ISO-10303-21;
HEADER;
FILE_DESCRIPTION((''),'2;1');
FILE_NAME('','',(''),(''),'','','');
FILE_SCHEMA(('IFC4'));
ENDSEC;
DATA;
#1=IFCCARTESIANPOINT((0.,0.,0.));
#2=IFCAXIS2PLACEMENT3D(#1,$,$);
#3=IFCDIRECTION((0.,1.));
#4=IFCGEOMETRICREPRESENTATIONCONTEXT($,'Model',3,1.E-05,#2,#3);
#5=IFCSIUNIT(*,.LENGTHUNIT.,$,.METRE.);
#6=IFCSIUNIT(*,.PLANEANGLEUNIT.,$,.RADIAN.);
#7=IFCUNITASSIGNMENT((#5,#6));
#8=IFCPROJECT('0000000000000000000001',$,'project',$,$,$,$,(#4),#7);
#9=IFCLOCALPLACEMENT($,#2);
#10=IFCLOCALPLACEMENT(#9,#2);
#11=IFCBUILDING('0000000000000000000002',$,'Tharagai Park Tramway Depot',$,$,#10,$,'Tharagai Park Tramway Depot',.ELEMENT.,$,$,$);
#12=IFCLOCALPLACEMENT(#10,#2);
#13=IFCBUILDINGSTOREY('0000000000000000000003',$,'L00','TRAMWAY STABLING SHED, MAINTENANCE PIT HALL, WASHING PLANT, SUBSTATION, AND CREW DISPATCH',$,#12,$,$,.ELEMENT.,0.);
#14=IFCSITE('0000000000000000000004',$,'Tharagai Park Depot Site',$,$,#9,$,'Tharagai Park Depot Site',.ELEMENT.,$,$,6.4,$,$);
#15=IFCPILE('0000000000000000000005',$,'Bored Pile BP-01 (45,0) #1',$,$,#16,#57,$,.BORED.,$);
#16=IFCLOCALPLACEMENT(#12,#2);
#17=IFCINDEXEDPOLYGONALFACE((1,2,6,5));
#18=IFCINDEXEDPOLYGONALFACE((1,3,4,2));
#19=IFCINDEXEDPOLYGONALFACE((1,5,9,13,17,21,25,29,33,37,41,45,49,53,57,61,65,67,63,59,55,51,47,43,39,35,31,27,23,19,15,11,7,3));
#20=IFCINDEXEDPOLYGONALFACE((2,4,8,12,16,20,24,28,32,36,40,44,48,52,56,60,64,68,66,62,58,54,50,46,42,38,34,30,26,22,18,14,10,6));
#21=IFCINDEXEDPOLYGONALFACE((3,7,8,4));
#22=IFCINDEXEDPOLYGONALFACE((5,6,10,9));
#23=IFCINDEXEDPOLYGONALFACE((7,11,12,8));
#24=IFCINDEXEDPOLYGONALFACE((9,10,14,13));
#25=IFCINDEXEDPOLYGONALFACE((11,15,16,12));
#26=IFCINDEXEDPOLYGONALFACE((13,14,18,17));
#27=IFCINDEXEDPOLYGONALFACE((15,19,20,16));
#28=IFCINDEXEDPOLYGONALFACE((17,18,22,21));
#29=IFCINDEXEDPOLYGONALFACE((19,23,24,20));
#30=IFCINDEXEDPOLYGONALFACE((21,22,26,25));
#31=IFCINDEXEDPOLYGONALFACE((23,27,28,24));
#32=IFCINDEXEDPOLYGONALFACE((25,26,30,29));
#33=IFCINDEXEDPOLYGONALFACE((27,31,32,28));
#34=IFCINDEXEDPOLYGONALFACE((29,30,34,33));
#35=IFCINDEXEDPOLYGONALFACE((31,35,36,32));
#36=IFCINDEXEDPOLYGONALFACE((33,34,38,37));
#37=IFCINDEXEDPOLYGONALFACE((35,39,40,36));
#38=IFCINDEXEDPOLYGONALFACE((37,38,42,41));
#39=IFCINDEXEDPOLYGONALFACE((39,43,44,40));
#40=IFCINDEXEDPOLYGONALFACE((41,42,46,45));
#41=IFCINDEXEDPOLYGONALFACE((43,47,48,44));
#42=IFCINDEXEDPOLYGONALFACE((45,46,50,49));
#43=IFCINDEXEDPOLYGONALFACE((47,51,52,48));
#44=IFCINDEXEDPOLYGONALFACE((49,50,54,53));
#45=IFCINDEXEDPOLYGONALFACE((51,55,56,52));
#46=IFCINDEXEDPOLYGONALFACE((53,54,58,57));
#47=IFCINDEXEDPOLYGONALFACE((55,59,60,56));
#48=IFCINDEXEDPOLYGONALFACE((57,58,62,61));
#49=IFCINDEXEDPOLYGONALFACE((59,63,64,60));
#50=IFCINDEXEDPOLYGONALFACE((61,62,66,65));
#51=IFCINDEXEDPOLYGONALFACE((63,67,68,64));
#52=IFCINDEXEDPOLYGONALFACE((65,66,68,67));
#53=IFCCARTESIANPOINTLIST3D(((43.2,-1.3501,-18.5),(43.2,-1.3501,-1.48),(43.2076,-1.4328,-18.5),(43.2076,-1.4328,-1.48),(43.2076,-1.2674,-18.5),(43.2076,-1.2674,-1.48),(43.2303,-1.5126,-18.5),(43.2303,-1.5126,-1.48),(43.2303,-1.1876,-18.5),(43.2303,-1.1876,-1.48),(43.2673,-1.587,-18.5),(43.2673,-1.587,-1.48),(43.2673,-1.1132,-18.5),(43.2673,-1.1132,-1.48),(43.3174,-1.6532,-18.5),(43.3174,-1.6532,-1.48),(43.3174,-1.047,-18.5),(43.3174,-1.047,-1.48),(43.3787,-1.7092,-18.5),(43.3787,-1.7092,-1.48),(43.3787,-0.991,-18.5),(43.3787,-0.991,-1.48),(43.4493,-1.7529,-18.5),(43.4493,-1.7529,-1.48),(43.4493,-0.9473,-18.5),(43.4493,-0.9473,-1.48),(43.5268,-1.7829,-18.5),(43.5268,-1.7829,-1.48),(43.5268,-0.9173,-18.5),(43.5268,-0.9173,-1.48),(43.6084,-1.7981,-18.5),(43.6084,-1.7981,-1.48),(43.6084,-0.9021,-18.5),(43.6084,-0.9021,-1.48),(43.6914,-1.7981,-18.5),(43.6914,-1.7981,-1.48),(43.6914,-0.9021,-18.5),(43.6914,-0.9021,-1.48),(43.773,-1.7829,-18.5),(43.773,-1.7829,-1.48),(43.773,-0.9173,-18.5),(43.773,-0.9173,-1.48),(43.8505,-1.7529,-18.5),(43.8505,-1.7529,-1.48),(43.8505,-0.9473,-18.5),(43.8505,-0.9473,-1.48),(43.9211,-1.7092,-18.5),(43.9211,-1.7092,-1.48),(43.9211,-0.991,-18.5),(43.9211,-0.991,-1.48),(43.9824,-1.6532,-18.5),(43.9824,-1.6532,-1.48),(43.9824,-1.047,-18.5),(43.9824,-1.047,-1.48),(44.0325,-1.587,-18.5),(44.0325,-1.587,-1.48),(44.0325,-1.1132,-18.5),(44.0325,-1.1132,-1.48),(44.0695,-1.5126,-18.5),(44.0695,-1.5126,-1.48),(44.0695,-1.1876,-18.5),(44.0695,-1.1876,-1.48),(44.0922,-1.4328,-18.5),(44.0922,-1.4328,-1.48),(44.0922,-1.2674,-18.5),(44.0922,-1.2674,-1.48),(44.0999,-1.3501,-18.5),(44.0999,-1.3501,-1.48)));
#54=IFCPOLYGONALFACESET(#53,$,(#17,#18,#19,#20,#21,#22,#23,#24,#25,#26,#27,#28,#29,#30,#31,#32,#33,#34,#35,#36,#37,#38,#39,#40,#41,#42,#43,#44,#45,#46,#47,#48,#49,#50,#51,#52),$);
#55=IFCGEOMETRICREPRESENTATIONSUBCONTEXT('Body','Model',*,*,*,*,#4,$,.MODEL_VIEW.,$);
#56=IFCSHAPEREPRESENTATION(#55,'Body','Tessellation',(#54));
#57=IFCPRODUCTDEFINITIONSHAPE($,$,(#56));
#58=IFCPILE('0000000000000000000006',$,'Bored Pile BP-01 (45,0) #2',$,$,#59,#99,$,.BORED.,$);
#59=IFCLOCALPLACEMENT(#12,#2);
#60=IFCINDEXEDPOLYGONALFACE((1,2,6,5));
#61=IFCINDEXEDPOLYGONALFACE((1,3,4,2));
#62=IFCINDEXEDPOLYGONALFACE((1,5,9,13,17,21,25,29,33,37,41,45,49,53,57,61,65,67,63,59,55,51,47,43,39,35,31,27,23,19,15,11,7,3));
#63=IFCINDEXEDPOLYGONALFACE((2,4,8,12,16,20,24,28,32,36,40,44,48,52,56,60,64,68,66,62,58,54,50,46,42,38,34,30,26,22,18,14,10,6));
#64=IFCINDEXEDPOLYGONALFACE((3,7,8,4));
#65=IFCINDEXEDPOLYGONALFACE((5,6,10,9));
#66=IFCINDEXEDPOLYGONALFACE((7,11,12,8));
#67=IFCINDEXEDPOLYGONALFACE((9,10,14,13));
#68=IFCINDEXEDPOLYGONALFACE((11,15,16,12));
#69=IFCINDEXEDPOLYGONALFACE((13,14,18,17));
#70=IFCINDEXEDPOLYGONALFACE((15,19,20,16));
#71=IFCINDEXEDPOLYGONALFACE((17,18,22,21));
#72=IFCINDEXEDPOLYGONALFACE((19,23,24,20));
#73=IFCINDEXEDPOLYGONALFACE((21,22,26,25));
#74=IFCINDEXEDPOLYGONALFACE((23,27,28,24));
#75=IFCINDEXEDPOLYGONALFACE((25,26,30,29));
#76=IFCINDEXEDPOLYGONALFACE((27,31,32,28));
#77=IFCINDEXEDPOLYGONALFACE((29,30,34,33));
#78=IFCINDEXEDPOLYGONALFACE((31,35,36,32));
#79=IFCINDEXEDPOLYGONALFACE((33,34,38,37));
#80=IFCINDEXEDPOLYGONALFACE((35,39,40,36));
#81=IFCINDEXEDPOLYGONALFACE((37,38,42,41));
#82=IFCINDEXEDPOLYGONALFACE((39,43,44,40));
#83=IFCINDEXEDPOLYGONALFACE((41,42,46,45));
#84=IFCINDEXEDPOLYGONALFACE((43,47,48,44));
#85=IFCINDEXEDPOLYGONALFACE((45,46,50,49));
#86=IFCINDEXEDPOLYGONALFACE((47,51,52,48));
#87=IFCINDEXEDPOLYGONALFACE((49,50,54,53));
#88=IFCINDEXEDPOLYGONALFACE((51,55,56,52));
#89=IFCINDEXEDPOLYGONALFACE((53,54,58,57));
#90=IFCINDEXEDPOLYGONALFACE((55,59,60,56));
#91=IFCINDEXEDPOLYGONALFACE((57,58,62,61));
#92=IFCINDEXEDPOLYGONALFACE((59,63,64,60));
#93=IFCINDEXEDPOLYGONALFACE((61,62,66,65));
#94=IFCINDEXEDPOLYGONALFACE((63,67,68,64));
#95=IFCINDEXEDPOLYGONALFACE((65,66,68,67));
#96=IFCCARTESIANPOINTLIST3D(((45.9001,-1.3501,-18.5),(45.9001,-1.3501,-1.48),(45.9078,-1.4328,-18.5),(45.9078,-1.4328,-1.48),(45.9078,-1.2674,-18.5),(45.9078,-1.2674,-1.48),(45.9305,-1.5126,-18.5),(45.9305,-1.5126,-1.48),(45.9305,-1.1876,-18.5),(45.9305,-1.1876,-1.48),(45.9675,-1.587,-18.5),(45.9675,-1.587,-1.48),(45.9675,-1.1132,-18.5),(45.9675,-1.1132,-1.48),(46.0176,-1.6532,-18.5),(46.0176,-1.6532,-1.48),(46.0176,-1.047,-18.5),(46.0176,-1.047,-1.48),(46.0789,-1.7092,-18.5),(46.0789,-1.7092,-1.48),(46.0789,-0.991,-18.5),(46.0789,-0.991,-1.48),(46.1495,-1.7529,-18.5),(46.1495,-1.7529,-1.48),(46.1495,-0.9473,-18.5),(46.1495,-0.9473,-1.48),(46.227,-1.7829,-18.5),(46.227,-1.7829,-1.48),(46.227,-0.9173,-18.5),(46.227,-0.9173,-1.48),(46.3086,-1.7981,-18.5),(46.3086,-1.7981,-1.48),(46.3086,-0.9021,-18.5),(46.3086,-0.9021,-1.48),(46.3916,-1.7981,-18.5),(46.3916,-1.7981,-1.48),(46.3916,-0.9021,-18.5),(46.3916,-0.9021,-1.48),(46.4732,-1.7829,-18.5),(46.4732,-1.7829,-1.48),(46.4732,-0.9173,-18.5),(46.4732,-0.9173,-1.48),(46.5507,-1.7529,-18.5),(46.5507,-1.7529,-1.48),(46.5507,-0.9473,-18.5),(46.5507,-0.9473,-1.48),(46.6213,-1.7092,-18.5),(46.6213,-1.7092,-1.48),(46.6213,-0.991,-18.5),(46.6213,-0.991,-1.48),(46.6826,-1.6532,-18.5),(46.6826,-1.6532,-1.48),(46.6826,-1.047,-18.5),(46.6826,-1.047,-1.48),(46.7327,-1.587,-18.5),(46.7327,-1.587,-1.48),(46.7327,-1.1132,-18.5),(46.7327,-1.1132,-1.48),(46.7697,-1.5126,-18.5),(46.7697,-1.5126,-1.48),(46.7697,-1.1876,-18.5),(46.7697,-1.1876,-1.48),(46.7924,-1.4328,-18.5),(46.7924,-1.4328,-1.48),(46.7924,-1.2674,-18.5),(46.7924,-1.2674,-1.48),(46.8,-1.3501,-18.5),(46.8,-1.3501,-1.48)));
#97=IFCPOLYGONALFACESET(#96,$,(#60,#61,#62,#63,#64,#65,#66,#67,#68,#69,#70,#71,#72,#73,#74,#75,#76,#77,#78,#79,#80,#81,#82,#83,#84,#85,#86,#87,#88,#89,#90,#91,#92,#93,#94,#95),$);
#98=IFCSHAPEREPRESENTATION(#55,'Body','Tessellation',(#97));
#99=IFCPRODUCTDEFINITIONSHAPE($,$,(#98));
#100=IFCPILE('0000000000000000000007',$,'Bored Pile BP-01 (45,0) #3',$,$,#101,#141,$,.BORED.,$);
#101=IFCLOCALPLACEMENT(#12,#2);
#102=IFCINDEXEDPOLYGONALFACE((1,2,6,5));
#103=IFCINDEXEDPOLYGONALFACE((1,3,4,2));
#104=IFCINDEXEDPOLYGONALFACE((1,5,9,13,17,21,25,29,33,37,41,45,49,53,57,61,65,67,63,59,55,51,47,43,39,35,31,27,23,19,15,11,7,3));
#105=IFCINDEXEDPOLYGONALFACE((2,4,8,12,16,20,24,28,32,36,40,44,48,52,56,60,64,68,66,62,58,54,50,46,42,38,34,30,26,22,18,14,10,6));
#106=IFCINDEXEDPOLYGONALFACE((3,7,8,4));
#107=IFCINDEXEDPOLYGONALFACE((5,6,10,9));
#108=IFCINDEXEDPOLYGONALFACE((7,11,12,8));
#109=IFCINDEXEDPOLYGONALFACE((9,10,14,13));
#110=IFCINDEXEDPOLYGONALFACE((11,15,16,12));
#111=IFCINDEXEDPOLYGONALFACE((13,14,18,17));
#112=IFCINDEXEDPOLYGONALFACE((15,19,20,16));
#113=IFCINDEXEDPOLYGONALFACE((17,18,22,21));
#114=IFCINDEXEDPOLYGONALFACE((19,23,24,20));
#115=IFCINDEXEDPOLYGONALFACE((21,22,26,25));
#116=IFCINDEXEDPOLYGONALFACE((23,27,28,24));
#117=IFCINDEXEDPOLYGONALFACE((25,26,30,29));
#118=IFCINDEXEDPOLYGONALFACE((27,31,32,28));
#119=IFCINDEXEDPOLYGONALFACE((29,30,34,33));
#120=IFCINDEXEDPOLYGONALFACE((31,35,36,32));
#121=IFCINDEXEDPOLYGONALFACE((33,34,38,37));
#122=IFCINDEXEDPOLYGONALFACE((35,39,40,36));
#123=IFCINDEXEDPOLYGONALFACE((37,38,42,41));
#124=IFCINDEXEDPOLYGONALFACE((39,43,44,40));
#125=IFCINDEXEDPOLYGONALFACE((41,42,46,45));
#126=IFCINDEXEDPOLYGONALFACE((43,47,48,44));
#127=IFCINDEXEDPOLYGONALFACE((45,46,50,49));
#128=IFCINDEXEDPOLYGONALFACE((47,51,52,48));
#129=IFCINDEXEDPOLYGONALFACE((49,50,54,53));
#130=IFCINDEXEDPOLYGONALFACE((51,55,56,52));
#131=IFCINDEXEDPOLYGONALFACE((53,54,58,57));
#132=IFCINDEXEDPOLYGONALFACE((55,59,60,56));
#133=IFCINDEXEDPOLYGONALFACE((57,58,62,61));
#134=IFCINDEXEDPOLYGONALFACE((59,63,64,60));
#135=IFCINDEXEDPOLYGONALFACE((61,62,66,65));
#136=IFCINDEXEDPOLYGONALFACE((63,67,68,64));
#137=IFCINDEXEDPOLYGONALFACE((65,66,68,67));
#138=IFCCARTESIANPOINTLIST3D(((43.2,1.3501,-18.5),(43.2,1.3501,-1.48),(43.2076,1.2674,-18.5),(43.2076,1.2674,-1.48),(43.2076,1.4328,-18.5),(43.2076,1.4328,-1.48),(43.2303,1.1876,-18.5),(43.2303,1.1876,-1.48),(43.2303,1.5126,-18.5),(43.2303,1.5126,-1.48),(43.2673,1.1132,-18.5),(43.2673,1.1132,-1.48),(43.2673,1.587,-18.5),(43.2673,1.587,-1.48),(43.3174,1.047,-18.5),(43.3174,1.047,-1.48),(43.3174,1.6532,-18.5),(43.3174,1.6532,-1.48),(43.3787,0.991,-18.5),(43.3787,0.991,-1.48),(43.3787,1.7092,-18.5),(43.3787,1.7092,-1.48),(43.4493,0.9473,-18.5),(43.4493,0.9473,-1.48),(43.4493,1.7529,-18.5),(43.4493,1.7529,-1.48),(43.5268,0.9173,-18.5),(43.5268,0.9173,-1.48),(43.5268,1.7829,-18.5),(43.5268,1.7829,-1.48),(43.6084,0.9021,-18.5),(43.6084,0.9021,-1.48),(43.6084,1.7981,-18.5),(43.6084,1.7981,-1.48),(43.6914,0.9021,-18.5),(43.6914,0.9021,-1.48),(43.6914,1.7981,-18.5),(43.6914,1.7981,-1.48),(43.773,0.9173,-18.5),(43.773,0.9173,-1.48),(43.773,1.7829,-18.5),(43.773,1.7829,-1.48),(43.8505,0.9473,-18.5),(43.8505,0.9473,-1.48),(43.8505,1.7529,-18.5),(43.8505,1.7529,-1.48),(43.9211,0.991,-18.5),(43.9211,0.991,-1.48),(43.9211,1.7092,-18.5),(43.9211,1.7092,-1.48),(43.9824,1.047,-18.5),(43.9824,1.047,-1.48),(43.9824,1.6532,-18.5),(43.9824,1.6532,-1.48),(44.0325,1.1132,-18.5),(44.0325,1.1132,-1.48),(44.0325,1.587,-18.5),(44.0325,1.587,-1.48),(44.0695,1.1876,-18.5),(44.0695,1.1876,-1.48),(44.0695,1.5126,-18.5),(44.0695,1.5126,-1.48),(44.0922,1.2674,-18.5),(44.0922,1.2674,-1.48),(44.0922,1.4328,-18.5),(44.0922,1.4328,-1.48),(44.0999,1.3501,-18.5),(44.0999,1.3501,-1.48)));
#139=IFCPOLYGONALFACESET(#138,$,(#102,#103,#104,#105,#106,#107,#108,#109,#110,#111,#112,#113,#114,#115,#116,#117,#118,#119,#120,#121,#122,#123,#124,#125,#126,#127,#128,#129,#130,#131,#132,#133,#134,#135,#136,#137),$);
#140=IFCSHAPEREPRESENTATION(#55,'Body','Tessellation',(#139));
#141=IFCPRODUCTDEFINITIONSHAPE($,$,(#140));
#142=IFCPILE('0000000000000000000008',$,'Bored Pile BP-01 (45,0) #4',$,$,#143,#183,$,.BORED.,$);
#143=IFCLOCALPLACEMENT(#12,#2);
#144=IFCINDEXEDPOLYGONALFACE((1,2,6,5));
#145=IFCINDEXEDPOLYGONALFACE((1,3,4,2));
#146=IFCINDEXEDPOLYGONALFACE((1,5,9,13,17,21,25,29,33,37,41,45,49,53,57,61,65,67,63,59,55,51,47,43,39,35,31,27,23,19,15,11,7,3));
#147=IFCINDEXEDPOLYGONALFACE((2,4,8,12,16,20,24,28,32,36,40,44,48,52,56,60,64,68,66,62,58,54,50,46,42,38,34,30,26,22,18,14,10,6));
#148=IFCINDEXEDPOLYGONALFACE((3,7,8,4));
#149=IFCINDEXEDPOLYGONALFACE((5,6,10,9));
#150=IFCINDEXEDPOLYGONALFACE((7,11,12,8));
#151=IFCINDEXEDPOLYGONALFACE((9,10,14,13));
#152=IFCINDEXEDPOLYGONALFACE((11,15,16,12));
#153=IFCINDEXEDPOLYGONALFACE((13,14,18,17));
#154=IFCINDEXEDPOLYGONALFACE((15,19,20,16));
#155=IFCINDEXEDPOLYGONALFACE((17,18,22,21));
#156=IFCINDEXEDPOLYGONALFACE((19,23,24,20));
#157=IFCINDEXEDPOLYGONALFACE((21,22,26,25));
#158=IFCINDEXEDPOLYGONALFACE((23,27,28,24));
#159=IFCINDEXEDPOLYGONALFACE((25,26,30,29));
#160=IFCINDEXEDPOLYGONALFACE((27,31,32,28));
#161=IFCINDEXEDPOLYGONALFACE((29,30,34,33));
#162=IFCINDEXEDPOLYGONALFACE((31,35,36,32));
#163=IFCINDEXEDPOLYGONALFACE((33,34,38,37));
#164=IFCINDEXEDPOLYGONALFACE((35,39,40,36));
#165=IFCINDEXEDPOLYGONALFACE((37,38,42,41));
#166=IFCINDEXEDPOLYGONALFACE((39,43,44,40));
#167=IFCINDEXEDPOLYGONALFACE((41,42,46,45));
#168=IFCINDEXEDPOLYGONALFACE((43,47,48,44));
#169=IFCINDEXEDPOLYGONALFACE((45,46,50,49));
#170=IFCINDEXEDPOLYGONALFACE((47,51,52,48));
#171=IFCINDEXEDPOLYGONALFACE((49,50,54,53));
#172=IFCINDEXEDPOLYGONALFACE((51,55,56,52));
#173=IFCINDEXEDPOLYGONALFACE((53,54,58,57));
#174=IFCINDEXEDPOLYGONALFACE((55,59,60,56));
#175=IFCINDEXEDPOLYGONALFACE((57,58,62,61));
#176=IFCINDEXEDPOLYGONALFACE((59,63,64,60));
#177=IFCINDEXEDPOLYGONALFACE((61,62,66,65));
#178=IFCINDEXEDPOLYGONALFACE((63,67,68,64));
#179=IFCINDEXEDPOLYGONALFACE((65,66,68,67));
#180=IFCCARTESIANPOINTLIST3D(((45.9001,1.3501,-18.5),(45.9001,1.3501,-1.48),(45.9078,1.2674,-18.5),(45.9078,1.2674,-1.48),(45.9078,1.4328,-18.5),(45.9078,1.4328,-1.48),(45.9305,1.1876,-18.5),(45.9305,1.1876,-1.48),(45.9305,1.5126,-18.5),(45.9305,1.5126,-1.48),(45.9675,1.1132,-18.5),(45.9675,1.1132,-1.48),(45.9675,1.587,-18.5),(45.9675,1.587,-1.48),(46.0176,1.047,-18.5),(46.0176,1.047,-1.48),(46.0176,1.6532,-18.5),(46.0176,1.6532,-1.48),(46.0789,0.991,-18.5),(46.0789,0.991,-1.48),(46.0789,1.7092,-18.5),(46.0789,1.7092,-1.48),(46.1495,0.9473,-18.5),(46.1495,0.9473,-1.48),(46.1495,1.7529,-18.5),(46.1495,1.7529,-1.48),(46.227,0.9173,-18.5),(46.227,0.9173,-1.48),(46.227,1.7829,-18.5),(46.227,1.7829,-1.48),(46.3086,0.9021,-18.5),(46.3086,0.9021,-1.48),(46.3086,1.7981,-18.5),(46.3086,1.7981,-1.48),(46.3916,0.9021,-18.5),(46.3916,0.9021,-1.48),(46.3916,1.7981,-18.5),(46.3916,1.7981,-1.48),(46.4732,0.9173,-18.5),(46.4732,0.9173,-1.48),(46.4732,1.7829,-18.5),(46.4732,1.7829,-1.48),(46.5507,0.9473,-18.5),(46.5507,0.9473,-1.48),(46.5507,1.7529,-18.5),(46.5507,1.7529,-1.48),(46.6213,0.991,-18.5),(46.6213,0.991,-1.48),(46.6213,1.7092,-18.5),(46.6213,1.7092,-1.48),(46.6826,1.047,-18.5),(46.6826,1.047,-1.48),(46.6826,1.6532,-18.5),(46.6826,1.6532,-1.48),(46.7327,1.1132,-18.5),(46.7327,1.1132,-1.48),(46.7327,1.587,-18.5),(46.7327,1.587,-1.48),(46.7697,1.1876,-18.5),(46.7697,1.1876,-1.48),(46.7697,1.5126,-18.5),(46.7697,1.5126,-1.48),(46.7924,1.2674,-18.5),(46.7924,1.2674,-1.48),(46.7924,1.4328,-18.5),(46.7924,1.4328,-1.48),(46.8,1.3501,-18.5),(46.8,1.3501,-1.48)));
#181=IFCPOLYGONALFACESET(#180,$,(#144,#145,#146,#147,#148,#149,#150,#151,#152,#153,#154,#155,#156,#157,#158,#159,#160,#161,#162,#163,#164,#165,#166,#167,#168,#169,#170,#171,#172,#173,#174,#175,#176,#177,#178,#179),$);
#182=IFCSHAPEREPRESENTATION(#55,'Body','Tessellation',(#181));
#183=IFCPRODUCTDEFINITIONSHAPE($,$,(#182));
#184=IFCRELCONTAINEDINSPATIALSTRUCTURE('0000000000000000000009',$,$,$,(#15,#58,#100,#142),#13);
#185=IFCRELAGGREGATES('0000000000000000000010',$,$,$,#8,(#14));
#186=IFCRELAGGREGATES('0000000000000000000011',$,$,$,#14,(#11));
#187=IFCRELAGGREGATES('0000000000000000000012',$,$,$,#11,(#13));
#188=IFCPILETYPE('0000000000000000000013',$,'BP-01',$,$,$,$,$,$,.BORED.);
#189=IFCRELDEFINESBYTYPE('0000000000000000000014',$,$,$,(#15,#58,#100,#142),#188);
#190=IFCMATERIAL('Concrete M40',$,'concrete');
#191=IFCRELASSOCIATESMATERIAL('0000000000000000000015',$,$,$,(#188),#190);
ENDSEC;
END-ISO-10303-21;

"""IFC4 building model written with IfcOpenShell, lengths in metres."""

from ifc_helpers import new_model, si_unit, direction, frame, origin, origin_2d, place, context, subcontext, project, spatial, circle, extrude, material, material_profile, profile_set, type_object, element, save


model = new_model("IFC4")

# Units and contexts
model_context = context("Model", 3, precision=1e-05, world=origin(), true_north=direction((0.0, 1.0)))
body_context = subcontext(model_context, "Body", "Model", "MODEL_VIEW")
ifc_project = project(units=[si_unit("LENGTHUNIT", "METRE"), si_unit("PLANEANGLEUNIT", "RADIAN")], contexts=[model_context])

# Site, building, storey
site_placement = place(None, origin())
site = spatial("IfcSite", under=ifc_project, at=site_placement, Name="Tharagai Park Depot Site", LongName="Tharagai Park Depot Site", CompositionType="ELEMENT", RefElevation=6.4)
building_placement = place(site_placement, origin())
building = spatial("IfcBuilding", under=site, at=building_placement, Name="Tharagai Park Tramway Depot", LongName="Tharagai Park Tramway Depot", CompositionType="ELEMENT")
storey_placement = place(building_placement, origin())
storey = spatial("IfcBuildingStorey", under=building, at=storey_placement, Name="L00", Description="TRAMWAY STABLING SHED, MAINTENANCE PIT HALL, WASHING PLANT, SUBSTATION, AND CREW DISPATCH", CompositionType="ELEMENT", Elevation=0.0)

# Piles
ifc_material_1 = material(Name="Concrete M40", Category="concrete")
ifc_material_profile_1 = material_profile(ifc_material_1, circle(Radius=0.45, at=origin_2d()), Name="PILE D900")
ifc_profile_set_1 = profile_set([ifc_material_profile_1], Name="Concrete M40")
pile_type_1 = type_object("IfcPileType", Name="BP-01", PredefinedType="BORED", material=ifc_profile_set_1)
for number, where, z_axis, x_axis, name in (
    (1, (43.6499, -1.3501, -1.48), (0.0, 0.0, -1.0), (1.0, 0.0, 0.0), "Bored Pile BP-01 (45,0) #1"),
    (2, (46.3501, -1.3501, -1.48), (0.0, 0.0, -1.0), (1.0, 0.0, 0.0), "Bored Pile BP-01 (45,0) #2"),
    (3, (43.6499, 1.3501, -1.48), (0.0, 0.0, -1.0), (1.0, 0.0, 0.0), "Bored Pile BP-01 (45,0) #3"),
    (4, (46.3501, 1.3501, -1.48), (0.0, 0.0, -1.0), (1.0, 0.0, 0.0), "Bored Pile BP-01 (45,0) #4"),
):
    element("IfcPile", number, at=place(storey_placement, frame(where, z_axis=z_axis, x_axis=x_axis)), inside=storey, type_object=pile_type_1, Name=name, PredefinedType="BORED", context=body_context, shape_type="SweptSolid", body=[
        extrude(circle(Radius=0.45, at=origin_2d()), origin(), (0.0, 0.0, 1.0), 17.02),
    ])

save(model, "model.ifc")
